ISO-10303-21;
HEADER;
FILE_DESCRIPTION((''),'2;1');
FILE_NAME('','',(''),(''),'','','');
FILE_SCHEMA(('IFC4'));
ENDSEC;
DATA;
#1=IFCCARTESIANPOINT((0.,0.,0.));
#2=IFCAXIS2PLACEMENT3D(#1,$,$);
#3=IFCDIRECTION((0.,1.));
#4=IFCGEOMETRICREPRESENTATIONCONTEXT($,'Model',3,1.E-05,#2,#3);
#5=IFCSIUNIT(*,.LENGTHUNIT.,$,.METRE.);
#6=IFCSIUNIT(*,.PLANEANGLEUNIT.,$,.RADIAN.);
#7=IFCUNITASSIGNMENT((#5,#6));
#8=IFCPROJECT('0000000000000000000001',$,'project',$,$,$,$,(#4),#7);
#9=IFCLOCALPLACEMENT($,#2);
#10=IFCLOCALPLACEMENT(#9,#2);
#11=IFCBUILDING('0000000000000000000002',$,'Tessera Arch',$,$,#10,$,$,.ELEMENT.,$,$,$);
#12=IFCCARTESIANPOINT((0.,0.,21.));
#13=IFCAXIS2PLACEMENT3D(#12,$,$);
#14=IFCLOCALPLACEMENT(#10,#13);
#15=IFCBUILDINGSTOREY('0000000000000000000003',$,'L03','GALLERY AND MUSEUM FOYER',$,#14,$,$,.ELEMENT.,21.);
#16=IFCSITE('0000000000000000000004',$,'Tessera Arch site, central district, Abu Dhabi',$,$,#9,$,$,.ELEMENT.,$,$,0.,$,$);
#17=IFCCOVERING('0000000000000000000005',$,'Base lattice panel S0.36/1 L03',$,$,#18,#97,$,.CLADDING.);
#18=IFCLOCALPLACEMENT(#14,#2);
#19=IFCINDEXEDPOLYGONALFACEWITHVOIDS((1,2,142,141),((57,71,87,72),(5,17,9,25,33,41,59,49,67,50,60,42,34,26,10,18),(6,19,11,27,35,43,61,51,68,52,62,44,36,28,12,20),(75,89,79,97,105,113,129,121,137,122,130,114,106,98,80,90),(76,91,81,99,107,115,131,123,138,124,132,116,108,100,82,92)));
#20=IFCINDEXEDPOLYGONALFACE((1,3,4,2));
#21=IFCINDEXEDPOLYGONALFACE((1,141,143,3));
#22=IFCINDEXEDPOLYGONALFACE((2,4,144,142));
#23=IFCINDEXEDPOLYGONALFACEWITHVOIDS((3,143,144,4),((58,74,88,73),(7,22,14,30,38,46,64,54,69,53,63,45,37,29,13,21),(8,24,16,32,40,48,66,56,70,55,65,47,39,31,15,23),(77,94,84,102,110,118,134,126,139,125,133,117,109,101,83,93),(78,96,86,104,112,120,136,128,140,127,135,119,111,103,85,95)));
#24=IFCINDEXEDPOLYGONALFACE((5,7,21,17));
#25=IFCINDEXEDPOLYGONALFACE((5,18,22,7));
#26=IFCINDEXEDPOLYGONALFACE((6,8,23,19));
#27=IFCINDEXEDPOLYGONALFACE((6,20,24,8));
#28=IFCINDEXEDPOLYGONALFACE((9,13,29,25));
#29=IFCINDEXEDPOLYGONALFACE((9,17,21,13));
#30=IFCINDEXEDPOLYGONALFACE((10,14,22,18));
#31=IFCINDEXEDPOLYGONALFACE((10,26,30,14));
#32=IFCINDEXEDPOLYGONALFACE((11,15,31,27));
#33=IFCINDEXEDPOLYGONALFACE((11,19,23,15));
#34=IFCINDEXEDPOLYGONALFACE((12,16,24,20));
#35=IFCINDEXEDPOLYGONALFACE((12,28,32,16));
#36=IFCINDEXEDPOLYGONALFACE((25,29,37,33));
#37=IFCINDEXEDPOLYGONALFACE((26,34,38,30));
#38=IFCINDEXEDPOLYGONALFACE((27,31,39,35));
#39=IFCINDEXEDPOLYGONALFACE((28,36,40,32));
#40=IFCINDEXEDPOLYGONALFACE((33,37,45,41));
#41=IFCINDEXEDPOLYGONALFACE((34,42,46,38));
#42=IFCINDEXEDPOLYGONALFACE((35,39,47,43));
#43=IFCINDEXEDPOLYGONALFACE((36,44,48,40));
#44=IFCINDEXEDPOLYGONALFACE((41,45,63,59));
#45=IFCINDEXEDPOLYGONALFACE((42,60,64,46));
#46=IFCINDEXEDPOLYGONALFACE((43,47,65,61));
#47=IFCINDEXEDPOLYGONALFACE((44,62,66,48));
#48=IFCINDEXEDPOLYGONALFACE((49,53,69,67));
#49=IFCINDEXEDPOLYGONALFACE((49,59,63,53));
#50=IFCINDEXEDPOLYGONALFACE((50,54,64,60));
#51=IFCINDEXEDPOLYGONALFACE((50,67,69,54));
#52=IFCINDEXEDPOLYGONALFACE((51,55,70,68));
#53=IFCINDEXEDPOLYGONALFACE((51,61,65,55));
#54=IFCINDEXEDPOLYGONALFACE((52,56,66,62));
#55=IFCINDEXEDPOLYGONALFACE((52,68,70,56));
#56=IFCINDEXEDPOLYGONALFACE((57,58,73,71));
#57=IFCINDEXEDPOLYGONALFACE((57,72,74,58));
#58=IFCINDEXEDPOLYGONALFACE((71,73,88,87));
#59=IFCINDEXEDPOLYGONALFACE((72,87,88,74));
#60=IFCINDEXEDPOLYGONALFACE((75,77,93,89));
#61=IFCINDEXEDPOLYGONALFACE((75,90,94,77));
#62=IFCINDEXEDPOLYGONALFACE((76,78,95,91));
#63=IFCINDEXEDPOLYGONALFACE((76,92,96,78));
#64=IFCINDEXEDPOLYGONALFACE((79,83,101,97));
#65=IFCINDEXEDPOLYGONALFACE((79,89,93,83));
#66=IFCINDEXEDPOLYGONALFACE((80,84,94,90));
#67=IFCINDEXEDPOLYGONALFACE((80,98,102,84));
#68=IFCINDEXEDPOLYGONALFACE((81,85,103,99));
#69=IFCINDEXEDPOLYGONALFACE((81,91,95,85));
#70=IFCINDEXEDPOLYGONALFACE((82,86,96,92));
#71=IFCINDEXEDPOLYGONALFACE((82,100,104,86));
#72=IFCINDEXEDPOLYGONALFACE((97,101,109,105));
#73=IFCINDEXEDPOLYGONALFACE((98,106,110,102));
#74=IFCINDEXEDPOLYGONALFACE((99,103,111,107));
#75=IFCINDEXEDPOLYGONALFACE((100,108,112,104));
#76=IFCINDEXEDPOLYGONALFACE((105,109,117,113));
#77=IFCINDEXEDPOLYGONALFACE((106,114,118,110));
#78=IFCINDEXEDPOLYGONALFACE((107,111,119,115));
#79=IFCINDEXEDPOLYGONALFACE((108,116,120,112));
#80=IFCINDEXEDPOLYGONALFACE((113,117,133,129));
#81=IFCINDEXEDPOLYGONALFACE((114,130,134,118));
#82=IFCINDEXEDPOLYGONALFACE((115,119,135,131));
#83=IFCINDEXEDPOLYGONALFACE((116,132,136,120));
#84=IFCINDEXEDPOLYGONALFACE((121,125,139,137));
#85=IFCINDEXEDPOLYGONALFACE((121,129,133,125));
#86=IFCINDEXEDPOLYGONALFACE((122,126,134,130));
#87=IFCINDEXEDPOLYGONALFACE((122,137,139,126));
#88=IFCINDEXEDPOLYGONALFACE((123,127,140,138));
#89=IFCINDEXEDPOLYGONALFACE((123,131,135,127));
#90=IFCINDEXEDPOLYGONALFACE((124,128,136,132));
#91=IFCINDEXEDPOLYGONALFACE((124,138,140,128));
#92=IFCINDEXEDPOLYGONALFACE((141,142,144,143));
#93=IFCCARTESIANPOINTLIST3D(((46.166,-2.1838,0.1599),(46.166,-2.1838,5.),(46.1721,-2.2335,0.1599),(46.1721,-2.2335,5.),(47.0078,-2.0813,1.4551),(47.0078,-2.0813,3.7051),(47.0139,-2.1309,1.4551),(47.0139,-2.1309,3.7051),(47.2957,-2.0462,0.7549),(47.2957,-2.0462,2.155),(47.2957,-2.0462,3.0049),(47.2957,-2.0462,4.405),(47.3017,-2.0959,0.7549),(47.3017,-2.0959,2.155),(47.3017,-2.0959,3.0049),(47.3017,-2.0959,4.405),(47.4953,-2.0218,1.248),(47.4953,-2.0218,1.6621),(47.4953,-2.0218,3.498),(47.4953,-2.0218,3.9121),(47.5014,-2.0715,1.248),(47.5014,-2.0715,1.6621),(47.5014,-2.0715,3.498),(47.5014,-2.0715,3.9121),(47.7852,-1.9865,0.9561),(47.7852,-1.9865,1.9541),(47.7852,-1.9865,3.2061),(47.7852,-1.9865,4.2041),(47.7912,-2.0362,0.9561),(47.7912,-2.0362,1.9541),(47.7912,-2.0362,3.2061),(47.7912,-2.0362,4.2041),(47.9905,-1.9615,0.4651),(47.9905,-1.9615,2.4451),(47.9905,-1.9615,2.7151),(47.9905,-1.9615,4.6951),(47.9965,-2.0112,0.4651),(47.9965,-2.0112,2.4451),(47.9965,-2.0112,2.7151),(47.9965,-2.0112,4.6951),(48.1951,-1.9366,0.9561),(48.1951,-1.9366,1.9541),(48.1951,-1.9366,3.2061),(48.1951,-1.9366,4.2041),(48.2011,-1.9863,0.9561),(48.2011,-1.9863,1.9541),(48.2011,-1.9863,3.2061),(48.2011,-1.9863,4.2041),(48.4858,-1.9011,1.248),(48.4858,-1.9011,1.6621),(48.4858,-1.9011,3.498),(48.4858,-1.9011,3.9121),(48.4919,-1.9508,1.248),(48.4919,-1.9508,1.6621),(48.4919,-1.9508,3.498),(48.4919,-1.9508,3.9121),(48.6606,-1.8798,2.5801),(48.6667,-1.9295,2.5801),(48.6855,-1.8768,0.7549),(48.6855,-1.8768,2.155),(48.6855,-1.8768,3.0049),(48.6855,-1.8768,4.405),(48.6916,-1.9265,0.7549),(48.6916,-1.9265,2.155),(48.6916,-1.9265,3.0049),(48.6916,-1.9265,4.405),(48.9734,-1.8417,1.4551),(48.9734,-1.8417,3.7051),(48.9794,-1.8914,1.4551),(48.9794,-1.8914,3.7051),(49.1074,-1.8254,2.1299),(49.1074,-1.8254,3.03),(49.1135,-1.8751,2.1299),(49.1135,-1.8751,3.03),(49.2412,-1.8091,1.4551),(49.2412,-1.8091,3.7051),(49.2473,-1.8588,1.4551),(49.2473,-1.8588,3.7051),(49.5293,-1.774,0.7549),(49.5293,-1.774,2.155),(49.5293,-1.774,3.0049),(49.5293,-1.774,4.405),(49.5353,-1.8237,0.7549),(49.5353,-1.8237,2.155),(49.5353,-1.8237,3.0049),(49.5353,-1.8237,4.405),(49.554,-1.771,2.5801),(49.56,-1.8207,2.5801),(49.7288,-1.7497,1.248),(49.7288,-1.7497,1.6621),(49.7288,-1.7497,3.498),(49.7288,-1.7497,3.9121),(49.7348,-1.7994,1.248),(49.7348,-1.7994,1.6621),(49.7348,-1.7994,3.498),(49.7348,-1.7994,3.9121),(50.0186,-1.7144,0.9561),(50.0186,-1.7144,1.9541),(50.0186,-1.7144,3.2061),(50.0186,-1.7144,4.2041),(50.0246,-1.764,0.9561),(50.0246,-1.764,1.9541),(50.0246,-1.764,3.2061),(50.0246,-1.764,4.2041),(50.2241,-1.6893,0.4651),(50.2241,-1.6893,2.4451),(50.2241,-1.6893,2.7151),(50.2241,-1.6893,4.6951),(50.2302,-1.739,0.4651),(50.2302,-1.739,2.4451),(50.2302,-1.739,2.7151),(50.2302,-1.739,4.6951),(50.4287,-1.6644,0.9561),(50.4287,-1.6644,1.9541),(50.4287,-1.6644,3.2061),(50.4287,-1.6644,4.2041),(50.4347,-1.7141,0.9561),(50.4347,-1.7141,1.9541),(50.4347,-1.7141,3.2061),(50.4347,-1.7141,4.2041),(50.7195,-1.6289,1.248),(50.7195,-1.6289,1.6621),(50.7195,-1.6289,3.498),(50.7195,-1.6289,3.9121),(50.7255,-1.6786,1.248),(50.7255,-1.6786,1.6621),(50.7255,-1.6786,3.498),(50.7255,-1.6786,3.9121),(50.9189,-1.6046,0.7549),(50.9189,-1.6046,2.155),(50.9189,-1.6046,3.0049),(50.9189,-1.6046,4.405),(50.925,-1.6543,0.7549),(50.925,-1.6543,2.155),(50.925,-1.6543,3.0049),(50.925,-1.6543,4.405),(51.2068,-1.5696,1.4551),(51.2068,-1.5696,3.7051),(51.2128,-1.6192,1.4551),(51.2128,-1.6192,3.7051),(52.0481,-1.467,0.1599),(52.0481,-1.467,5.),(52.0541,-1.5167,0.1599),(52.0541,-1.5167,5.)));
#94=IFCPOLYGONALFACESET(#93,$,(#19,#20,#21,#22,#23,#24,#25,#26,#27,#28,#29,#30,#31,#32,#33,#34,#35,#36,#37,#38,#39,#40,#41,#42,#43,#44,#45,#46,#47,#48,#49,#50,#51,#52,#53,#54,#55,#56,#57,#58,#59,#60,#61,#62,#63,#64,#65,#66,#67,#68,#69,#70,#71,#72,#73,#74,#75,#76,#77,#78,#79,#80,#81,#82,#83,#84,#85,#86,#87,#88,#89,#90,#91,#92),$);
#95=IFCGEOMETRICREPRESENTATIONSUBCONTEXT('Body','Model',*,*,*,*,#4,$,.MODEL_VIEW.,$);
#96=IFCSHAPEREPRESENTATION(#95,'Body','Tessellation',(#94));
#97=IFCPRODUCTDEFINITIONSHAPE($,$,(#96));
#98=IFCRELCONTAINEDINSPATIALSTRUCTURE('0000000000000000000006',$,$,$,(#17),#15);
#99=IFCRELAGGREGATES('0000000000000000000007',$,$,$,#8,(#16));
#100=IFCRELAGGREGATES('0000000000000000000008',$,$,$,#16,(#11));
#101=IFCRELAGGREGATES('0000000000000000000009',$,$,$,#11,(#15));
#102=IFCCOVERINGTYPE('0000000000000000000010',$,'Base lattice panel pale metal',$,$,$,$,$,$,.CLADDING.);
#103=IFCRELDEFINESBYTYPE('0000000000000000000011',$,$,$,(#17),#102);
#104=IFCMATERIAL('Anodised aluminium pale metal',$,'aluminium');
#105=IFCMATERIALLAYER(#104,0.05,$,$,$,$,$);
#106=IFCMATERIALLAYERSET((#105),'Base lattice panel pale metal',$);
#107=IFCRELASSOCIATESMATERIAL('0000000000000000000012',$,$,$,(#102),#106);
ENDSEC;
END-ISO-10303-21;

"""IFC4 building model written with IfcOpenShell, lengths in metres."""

from ifc_helpers import new_model, si_unit, direction, frame, origin, place, context, subcontext, project, spatial, polyline, outline, extrude, material, layer, layer_set, type_object, element, save


model = new_model("IFC4")

# Units and contexts
model_context = context("Model", 3, precision=1e-05, world=origin(), true_north=direction((0.0, 1.0)))
body_context = subcontext(model_context, "Body", "Model", "MODEL_VIEW")
ifc_project = project(units=[si_unit("LENGTHUNIT", "METRE"), si_unit("PLANEANGLEUNIT", "RADIAN")], contexts=[model_context])

# Site, building, storey
site_placement = place(None, origin())
site = spatial("IfcSite", under=ifc_project, at=site_placement, Name="Tessera Arch site, central district, Abu Dhabi", CompositionType="ELEMENT", RefElevation=0.0)
building_placement = place(site_placement, origin())
building = spatial("IfcBuilding", under=site, at=building_placement, Name="Tessera Arch", CompositionType="ELEMENT")
storey_placement = place(building_placement, frame((0.0, 0.0, 21.0)))
storey = spatial("IfcBuildingStorey", under=building, at=storey_placement, Name="L03", Description="GALLERY AND MUSEUM FOYER", CompositionType="ELEMENT", Elevation=21.0)

# Covering
ifc_material_1 = material(Name="Anodised aluminium pale metal", Category="aluminium")
ifc_layer_1 = layer(ifc_material_1, 0.05)
ifc_layer_set_1 = layer_set([ifc_layer_1], Name="Base lattice panel pale metal")
covering_type_1 = type_object("IfcCoveringType", Name="Base lattice panel pale metal", PredefinedType="CLADDING", material=ifc_layer_set_1)
covering_1_placement = place(storey_placement, frame((46.166, -2.1838, 5.0), z_axis=(-0.120966, 0.992657, 0.0), x_axis=(0.992657, 0.120966, 0.0)))
element("IfcCovering", 1, at=covering_1_placement, inside=storey, type_object=covering_type_1, Name="Base lattice panel S0.36/1 L03", PredefinedType="CLADDING", context=body_context, shape_type="SweptSolid", body=[
    extrude(outline(polyline([(0.0, 0.0), (5.9256, 0.0), (5.9256, 4.8401), (0.0, 4.8401), (0.0, 0.0)]), holes=[polyline([(2.8281, 3.5449), (2.337, 3.3379), (2.5382, 2.845), (2.0441, 3.0459), (1.838, 2.5549), (1.6311, 3.0459), (1.138, 2.845), (1.3392, 3.3379), (0.848, 3.5449), (1.3392, 3.752), (1.138, 4.2451), (1.6311, 4.0439), (1.838, 4.5349), (2.0441, 4.0439), (2.5382, 4.2451), (2.337, 3.752), (2.8281, 3.5449)]), polyline([(2.8281, 1.2949), (2.337, 1.0879), (2.5382, 0.595), (2.0441, 0.7959), (1.838, 0.3049), (1.6311, 0.7959), (1.138, 0.595), (1.3392, 1.0879), (0.848, 1.2949), (1.3392, 1.502), (1.138, 1.9951), (1.6311, 1.7939), (1.838, 2.2849), (2.0441, 1.7939), (2.5382, 1.9951), (2.337, 1.502), (2.8281, 1.2949)]), polyline([(5.0781, 3.5449), (4.5872, 3.3379), (4.7881, 2.845), (4.2942, 3.0459), (4.0881, 2.5549), (3.881, 3.0459), (3.3881, 2.845), (3.5891, 3.3379), (3.0979, 3.5449), (3.5891, 3.752), (3.3881, 4.2451), (3.881, 4.0439), (4.0881, 4.5349), (4.2942, 4.0439), (4.7881, 4.2451), (4.5872, 3.752), (5.0781, 3.5449)]), polyline([(5.0781, 1.2949), (4.5872, 1.0879), (4.7881, 0.595), (4.2942, 0.7959), (4.0881, 0.3049), (3.881, 0.7959), (3.3881, 0.595), (3.5891, 1.0879), (3.0979, 1.2949), (3.5891, 1.502), (3.3881, 1.9951), (3.881, 1.7939), (4.0881, 2.2849), (4.2942, 1.7939), (4.7881, 1.9951), (4.5872, 1.502), (5.0781, 1.2949)]), polyline([(3.413, 2.4199), (2.9632, 1.97), (2.5131, 2.4199), (2.9632, 2.8701), (3.413, 2.4199)])]), origin(), (0.0, 0.0, -1.0), 0.05),
])

save(model, "model.ifc")
